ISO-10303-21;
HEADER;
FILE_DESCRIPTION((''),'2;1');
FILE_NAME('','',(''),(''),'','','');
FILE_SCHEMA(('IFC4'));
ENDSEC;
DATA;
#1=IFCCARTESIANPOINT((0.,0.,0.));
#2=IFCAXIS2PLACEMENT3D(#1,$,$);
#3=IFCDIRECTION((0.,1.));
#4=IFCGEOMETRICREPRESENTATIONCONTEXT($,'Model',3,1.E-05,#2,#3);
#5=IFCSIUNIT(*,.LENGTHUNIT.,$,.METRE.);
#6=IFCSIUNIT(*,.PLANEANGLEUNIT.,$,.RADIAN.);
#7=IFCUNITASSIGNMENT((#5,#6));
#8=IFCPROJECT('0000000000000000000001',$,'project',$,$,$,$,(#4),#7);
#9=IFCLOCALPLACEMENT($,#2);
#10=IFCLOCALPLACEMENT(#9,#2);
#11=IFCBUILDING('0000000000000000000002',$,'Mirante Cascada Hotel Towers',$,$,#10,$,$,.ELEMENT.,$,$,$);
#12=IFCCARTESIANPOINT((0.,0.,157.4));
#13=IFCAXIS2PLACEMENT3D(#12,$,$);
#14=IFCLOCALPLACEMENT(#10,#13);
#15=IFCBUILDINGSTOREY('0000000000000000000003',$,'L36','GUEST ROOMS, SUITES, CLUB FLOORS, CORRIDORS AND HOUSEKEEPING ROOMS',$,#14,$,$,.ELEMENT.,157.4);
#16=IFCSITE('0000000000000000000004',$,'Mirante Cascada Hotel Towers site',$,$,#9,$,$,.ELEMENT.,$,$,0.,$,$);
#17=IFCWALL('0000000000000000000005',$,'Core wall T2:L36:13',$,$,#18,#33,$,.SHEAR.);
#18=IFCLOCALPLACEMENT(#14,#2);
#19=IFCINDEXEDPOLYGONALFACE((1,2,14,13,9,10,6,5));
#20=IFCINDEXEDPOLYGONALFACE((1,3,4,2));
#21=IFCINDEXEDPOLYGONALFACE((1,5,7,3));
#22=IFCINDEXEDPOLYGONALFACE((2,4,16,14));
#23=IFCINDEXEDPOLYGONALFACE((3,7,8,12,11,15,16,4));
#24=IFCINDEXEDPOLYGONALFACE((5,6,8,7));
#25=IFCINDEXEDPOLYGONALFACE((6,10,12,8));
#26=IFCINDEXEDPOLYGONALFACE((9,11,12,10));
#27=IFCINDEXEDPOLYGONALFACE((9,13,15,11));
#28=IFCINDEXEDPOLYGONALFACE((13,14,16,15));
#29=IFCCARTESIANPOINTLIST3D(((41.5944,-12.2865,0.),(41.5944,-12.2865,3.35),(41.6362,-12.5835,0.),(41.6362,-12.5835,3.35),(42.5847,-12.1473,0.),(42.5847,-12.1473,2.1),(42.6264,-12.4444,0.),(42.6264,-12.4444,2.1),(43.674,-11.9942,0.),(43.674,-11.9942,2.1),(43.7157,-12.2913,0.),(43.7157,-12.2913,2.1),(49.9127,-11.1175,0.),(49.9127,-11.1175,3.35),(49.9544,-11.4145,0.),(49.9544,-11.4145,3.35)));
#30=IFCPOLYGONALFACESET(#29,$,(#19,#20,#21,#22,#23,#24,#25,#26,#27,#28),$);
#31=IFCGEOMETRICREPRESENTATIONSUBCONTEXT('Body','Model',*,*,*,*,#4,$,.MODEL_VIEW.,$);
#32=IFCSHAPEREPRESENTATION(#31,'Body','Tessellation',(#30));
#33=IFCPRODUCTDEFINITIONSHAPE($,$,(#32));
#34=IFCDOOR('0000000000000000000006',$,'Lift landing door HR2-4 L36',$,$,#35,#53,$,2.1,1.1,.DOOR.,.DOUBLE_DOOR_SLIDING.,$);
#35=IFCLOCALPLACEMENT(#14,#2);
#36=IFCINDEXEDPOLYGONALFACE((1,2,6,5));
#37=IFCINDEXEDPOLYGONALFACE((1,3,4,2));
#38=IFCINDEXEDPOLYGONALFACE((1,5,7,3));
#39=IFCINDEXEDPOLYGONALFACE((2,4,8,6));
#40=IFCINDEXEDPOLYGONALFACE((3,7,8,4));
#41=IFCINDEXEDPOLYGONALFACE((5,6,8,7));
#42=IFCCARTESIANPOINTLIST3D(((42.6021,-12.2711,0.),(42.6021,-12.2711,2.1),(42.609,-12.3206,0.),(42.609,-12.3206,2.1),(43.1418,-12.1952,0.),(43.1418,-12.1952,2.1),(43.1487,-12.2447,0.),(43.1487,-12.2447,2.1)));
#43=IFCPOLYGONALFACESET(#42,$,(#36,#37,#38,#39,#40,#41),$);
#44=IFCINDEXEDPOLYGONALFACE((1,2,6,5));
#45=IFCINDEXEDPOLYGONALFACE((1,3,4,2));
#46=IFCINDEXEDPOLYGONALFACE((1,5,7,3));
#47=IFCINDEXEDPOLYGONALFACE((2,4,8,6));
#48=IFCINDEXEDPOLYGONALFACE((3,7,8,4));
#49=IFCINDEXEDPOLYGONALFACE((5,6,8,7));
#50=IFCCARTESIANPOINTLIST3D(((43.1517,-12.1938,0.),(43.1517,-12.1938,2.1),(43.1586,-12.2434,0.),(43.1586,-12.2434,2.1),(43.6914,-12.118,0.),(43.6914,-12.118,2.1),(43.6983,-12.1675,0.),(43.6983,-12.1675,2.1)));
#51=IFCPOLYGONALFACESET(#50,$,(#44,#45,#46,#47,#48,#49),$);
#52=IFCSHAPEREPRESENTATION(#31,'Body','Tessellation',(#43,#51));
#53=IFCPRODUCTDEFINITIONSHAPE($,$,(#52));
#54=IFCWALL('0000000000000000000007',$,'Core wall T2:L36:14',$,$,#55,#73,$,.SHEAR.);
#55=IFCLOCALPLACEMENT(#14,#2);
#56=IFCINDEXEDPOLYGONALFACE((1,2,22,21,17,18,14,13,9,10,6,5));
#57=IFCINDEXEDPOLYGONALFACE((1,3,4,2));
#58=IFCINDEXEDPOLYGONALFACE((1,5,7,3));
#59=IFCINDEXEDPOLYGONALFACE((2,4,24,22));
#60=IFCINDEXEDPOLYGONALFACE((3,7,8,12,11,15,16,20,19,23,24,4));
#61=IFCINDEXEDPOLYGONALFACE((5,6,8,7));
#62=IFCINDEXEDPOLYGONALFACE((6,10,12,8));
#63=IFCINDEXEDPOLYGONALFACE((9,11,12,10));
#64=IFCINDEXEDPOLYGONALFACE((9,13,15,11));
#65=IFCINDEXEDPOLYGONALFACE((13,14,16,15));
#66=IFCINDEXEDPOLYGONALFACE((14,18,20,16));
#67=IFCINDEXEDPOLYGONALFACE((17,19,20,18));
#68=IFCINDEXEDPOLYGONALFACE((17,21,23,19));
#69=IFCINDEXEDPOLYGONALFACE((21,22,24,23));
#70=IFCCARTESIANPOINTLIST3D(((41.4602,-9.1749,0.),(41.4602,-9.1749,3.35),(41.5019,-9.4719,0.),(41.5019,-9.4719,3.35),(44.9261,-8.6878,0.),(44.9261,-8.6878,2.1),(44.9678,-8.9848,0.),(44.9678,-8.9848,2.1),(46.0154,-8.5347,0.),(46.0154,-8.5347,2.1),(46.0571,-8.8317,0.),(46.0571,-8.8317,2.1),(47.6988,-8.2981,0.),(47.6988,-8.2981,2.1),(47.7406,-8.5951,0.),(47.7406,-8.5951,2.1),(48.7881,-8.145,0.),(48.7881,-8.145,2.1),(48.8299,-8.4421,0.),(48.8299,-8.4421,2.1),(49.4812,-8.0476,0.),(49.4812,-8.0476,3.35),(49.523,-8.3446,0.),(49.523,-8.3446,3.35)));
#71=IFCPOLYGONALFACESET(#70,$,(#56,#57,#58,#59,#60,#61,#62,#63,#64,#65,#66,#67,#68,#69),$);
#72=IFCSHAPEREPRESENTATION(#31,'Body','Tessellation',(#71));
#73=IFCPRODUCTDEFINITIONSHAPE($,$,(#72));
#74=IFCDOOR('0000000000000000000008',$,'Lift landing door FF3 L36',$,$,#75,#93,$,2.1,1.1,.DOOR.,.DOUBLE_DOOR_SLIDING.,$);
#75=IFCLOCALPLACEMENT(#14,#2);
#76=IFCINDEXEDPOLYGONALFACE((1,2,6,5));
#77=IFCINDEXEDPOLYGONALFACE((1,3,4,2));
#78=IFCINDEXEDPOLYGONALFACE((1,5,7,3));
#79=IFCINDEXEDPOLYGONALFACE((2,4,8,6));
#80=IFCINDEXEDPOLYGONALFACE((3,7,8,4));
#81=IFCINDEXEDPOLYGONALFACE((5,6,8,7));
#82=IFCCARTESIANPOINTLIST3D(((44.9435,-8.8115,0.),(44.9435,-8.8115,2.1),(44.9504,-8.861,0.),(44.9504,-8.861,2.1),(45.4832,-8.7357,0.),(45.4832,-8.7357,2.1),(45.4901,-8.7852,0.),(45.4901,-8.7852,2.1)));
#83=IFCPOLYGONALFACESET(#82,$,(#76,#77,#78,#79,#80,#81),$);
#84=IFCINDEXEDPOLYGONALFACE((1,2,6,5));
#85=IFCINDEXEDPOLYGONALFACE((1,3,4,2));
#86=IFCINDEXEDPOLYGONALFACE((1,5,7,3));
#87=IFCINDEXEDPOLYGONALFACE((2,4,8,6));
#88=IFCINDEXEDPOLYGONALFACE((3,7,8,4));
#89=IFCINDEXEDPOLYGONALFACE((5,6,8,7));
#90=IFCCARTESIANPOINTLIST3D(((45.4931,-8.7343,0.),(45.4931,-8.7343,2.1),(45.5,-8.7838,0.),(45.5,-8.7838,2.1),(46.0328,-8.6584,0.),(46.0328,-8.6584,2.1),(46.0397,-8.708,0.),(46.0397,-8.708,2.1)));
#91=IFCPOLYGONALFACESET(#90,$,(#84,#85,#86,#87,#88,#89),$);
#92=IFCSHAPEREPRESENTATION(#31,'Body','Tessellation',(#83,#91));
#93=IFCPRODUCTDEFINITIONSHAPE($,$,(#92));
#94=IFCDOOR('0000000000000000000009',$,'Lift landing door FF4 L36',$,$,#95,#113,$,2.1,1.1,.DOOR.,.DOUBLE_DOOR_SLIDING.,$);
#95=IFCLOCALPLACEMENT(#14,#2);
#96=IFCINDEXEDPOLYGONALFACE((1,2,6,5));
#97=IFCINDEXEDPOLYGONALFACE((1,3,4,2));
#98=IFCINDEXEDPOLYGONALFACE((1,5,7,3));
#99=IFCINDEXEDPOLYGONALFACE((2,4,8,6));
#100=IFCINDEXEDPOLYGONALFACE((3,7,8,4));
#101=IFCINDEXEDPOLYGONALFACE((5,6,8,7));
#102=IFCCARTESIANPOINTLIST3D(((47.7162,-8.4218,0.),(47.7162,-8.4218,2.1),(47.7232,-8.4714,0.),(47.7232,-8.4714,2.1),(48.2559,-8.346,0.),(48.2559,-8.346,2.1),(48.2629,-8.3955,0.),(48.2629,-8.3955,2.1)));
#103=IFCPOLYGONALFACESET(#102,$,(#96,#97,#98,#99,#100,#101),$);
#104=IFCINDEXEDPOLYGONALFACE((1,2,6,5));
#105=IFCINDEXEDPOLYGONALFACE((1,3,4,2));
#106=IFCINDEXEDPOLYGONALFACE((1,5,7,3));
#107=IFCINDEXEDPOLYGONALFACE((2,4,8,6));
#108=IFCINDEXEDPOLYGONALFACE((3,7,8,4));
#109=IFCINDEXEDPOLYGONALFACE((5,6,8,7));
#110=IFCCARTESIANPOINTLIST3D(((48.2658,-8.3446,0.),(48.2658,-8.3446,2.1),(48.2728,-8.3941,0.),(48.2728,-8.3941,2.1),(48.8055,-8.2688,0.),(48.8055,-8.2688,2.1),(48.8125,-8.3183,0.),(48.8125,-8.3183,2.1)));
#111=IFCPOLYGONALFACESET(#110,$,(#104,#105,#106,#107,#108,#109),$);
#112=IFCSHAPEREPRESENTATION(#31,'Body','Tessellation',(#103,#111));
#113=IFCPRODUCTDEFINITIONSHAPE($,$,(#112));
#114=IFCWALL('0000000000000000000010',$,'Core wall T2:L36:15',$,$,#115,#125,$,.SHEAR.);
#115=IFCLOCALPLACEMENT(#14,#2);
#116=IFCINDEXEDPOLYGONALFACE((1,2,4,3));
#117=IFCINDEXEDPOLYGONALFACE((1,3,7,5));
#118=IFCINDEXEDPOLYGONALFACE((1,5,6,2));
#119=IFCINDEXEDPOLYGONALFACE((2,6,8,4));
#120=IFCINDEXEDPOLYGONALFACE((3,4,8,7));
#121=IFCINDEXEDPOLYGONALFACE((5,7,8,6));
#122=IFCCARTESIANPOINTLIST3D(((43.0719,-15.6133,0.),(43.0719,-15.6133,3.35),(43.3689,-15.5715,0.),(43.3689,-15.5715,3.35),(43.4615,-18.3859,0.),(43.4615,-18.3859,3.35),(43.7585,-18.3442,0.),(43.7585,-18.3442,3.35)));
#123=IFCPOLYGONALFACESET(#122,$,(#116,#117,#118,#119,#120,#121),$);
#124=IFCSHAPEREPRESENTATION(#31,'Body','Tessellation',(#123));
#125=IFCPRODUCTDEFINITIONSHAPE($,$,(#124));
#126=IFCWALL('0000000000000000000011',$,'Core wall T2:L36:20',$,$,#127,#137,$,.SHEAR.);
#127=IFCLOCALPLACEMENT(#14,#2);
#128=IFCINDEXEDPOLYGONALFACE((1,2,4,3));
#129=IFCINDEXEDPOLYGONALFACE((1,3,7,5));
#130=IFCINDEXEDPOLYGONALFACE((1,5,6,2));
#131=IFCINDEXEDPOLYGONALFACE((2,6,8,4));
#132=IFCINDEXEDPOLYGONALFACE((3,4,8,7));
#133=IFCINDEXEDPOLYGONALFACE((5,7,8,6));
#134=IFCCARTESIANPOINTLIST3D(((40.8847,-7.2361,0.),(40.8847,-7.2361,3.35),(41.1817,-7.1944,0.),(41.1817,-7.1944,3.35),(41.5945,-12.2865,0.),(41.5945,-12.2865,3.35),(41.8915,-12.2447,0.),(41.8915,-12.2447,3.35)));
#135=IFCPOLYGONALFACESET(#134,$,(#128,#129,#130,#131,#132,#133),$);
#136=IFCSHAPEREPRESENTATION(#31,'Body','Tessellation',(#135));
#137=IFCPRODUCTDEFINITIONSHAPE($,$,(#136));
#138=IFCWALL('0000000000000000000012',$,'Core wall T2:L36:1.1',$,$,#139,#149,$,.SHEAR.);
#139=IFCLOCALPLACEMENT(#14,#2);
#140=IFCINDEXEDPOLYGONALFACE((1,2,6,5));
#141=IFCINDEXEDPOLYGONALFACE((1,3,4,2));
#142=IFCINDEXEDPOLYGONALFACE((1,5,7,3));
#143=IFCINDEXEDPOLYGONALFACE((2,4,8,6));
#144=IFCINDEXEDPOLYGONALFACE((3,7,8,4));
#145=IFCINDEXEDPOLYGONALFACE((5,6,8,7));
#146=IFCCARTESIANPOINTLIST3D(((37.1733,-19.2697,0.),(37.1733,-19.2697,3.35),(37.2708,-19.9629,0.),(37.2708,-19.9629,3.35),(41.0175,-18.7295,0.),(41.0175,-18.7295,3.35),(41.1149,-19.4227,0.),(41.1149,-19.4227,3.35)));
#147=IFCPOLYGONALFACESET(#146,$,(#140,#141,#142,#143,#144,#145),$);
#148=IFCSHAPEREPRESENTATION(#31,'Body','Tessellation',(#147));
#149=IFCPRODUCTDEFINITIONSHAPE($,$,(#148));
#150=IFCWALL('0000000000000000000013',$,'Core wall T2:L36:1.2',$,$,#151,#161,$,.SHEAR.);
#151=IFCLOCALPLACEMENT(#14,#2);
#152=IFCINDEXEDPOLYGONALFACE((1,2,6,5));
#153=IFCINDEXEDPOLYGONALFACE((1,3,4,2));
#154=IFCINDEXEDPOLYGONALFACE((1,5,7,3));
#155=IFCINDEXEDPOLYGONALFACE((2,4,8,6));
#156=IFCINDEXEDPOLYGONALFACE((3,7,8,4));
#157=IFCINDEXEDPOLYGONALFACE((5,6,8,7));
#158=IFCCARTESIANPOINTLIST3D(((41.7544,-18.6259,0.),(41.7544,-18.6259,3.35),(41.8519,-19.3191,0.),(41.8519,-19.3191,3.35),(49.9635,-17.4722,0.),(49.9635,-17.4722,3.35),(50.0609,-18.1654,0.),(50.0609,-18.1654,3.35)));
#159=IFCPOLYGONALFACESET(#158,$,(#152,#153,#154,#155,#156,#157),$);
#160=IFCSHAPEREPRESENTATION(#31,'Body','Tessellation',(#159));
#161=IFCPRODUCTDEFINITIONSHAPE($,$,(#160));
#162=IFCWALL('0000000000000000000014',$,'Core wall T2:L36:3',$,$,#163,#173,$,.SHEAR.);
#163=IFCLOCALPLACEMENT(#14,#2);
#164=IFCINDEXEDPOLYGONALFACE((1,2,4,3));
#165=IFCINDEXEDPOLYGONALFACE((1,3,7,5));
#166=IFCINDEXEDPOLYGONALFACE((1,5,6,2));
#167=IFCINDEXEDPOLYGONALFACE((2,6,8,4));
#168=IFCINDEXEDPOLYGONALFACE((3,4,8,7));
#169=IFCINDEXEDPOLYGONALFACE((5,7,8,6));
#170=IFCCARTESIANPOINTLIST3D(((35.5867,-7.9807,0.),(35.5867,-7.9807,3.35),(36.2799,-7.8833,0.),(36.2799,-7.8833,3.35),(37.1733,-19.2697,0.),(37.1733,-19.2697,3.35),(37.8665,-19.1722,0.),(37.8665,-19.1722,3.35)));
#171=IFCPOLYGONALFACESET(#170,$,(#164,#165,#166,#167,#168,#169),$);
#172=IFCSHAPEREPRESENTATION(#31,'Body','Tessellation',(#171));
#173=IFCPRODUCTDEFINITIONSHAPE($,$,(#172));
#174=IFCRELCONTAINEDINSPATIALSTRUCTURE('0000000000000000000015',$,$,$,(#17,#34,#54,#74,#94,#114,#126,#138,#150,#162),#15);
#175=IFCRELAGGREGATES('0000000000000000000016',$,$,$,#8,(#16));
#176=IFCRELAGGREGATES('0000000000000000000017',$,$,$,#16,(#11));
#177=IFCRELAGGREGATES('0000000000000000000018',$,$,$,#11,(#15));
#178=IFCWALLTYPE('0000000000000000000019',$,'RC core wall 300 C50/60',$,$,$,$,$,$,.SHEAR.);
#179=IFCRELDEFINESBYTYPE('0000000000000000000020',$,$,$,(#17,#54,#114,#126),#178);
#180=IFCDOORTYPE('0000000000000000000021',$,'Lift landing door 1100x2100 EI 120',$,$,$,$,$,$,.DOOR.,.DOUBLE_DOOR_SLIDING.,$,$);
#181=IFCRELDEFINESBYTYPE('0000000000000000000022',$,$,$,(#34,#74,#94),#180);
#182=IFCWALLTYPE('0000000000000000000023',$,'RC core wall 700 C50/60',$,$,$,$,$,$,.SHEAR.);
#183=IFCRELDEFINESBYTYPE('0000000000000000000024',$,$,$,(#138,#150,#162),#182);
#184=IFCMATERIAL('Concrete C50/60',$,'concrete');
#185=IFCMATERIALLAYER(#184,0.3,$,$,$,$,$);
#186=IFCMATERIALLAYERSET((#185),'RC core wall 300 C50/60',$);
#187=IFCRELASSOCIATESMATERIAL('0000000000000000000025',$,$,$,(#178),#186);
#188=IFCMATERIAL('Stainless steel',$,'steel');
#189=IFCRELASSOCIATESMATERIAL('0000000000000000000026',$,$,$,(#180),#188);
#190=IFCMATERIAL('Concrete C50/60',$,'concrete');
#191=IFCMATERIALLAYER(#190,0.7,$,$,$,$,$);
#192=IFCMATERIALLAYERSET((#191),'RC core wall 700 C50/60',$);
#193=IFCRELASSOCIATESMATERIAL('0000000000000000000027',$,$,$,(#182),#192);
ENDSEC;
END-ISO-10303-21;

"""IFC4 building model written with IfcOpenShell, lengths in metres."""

from ifc_helpers import new_model, si_unit, direction, frame, frame_2d, origin, place, context, subcontext, project, spatial, rectangle, extrude, material, layer, layer_set, type_object, element, fill, save


model = new_model("IFC4")

# Units and contexts
model_context = context("Model", 3, precision=1e-05, world=origin(), true_north=direction((0.0, 1.0)))
body_context = subcontext(model_context, "Body", "Model", "MODEL_VIEW")
ifc_project = project(units=[si_unit("LENGTHUNIT", "METRE"), si_unit("PLANEANGLEUNIT", "RADIAN")], contexts=[model_context])

# Site, building, storey
site_placement = place(None, origin())
site = spatial("IfcSite", under=ifc_project, at=site_placement, Name="Mirante Cascada Hotel Towers site", CompositionType="ELEMENT", RefElevation=0.0)
building_placement = place(site_placement, origin())
building = spatial("IfcBuilding", under=site, at=building_placement, Name="Mirante Cascada Hotel Towers", CompositionType="ELEMENT")
storey_placement = place(building_placement, frame((0.0, 0.0, 157.4)))
storey = spatial("IfcBuildingStorey", under=building, at=storey_placement, Name="L36", Description="GUEST ROOMS, SUITES, CLUB FLOORS, CORRIDORS AND HOUSEKEEPING ROOMS", CompositionType="ELEMENT", Elevation=157.4)

# Shared definitions
ifc_material_1 = material(Name="Concrete C50/60", Category="concrete")
ifc_layer_1 = layer(ifc_material_1, 0.3)
ifc_layer_set_1 = layer_set([ifc_layer_1], Name="RC core wall 300 C50/60")
wall_type_1 = type_object("IfcWallType", Name="RC core wall 300 C50/60", PredefinedType="SHEAR", material=ifc_layer_set_1)

# Shared definitions
ifc_material_2 = material(Name="Stainless steel", Category="steel")
door_type_1 = type_object("IfcDoorType", Name="Lift landing door 1100x2100 EI 120", OperationType="DOUBLE_DOOR_SLIDING", PredefinedType="DOOR", material=ifc_material_2)

# Wall, opening, door
wall_1_placement = place(storey_placement, frame((41.6153, -12.435, 0.0), z_axis=(0.0, 0.0, 1.0), x_axis=(0.990269, 0.139166, 0.0)))
wall_1 = element("IfcWall", 1, at=wall_1_placement, inside=storey, type_object=wall_type_1, Name="Core wall T2:L36:13", PredefinedType="SHEAR", context=body_context, shape_type="SweptSolid", body=[
    extrude(rectangle(XDim=8.4, YDim=0.3, at=frame_2d((4.2, 0.0))), origin(), (0.0, 0.0, 1.0), 3.35),
])
opening_1_placement = place(wall_1_placement, frame((1.0, 0.0, 0.0)))
opening_1 = element("IfcOpeningElement", 2, at=opening_1_placement, cuts=wall_1, PredefinedType="OPENING", context=body_context, shape_type="SweptSolid", body=[
    extrude(rectangle(XDim=1.1, YDim=2.1, at=frame_2d((0.55, 1.05))), frame((0.0, 0.15, 0.0), z_axis=(0.0, -1.0, 0.0), x_axis=(1.0, 0.0, 0.0)), (0.0, 0.0, 1.0), 0.3),
])
door_1_placement = place(opening_1_placement, origin())
door_1 = element("IfcDoor", 3, at=door_1_placement, inside=storey, type_object=door_type_1, Name="Lift landing door HR2-4 L36", OperationType="DOUBLE_DOOR_SLIDING", OverallHeight=2.1, OverallWidth=1.1, PredefinedType="DOOR", context=body_context, shape_type="SweptSolid", body=[
    extrude(rectangle(XDim=0.545, YDim=2.1, at=frame_2d((0.2725, 1.05))), frame((0.0, 0.025, 0.0), z_axis=(0.0, -1.0, 0.0), x_axis=(1.0, 0.0, 0.0)), (0.0, 0.0, 1.0), 0.05),
    extrude(rectangle(XDim=0.545, YDim=2.1, at=frame_2d((0.8275, 1.05))), frame((0.0, 0.025, 0.0), z_axis=(0.0, -1.0, 0.0), x_axis=(1.0, 0.0, 0.0)), (0.0, 0.0, 1.0), 0.05),
])
fill(opening_1, door_1)

# Wall, openings, doors
wall_2_placement = place(storey_placement, frame((41.481, -9.3234, 0.0), z_axis=(0.0, 0.0, 1.0), x_axis=(0.990268, 0.139174, 0.0)))
wall_2 = element("IfcWall", 4, at=wall_2_placement, inside=storey, type_object=wall_type_1, Name="Core wall T2:L36:14", PredefinedType="SHEAR", context=body_context, shape_type="SweptSolid", body=[
    extrude(rectangle(XDim=8.0999, YDim=0.3, at=frame_2d((4.05, 0.0))), origin(), (0.0, 0.0, 1.0), 3.35),
])
opening_2_placement = place(wall_2_placement, frame((3.5, 0.0, 0.0)))
opening_2 = element("IfcOpeningElement", 5, at=opening_2_placement, cuts=wall_2, PredefinedType="OPENING", context=body_context, shape_type="SweptSolid", body=[
    extrude(rectangle(XDim=1.1, YDim=2.1, at=frame_2d((0.55, 1.05))), frame((0.0, 0.15, 0.0), z_axis=(0.0, -1.0, 0.0), x_axis=(1.0, 0.0, 0.0)), (0.0, 0.0, 1.0), 0.3),
])
opening_3_placement = place(wall_2_placement, frame((6.3, 0.0, 0.0)))
opening_3 = element("IfcOpeningElement", 6, at=opening_3_placement, cuts=wall_2, PredefinedType="OPENING", context=body_context, shape_type="SweptSolid", body=[
    extrude(rectangle(XDim=1.1, YDim=2.1, at=frame_2d((0.55, 1.05))), frame((0.0, 0.15, 0.0), z_axis=(0.0, -1.0, 0.0), x_axis=(1.0, 0.0, 0.0)), (0.0, 0.0, 1.0), 0.3),
])
door_2_placement = place(opening_2_placement, origin())
door_2 = element("IfcDoor", 7, at=door_2_placement, inside=storey, type_object=door_type_1, Name="Lift landing door FF3 L36", OperationType="DOUBLE_DOOR_SLIDING", OverallHeight=2.1, OverallWidth=1.1, PredefinedType="DOOR", context=body_context, shape_type="SweptSolid", body=[
    extrude(rectangle(XDim=0.545, YDim=2.1, at=frame_2d((0.2725, 1.05))), frame((0.0, 0.025, 0.0), z_axis=(0.0, -1.0, 0.0), x_axis=(1.0, 0.0, 0.0)), (0.0, 0.0, 1.0), 0.05),
    extrude(rectangle(XDim=0.545, YDim=2.1, at=frame_2d((0.8275, 1.05))), frame((0.0, 0.025, 0.0), z_axis=(0.0, -1.0, 0.0), x_axis=(1.0, 0.0, 0.0)), (0.0, 0.0, 1.0), 0.05),
])
fill(opening_2, door_2)
door_3_placement = place(opening_3_placement, origin())
door_3 = element("IfcDoor", 8, at=door_3_placement, inside=storey, type_object=door_type_1, Name="Lift landing door FF4 L36", OperationType="DOUBLE_DOOR_SLIDING", OverallHeight=2.1, OverallWidth=1.1, PredefinedType="DOOR", context=body_context, shape_type="SweptSolid", body=[
    extrude(rectangle(XDim=0.545, YDim=2.1, at=frame_2d((0.2725, 1.05))), frame((0.0, 0.025, 0.0), z_axis=(0.0, -1.0, 0.0), x_axis=(1.0, 0.0, 0.0)), (0.0, 0.0, 1.0), 0.05),
    extrude(rectangle(XDim=0.545, YDim=2.1, at=frame_2d((0.8275, 1.05))), frame((0.0, 0.025, 0.0), z_axis=(0.0, -1.0, 0.0), x_axis=(1.0, 0.0, 0.0)), (0.0, 0.0, 1.0), 0.05),
])
fill(opening_3, door_3)

# Walls
wall_3_placement = place(storey_placement, frame((43.61, -18.3651, 0.0), z_axis=(0.0, 0.0, 1.0), x_axis=(-0.139146, 0.990272, 0.0)))
element("IfcWall", 9, at=wall_3_placement, inside=storey, type_object=wall_type_1, Name="Core wall T2:L36:15", PredefinedType="SHEAR", context=body_context, shape_type="SweptSolid", body=[
    extrude(rectangle(XDim=2.7999, YDim=0.3, at=frame_2d((1.4, 0.0))), origin(), (0.0, 0.0, 1.0), 3.35),
])
wall_4_placement = place(storey_placement, frame((41.743, -12.2656, 0.0), z_axis=(0.0, 0.0, 1.0), x_axis=(-0.139176, 0.990268, 0.0)))
element("IfcWall", 10, at=wall_4_placement, inside=storey, type_object=wall_type_1, Name="Core wall T2:L36:20", PredefinedType="SHEAR", context=body_context, shape_type="SweptSolid", body=[
    extrude(rectangle(XDim=5.1, YDim=0.3, at=frame_2d((2.55, 0.0))), origin(), (0.0, 0.0, 1.0), 3.35),
])
ifc_material_3 = material(Name="Concrete C50/60", Category="concrete")
ifc_layer_2 = layer(ifc_material_3, 0.7)
ifc_layer_set_2 = layer_set([ifc_layer_2], Name="RC core wall 700 C50/60")
wall_type_2 = type_object("IfcWallType", Name="RC core wall 700 C50/60", PredefinedType="SHEAR", material=ifc_layer_set_2)
wall_5_placement = place(storey_placement, frame((37.222, -19.6163, 0.0), z_axis=(0.0, 0.0, 1.0), x_axis=(0.99027, 0.13916, 0.0)))
element("IfcWall", 11, at=wall_5_placement, inside=storey, type_object=wall_type_2, Name="Core wall T2:L36:1.1", PredefinedType="SHEAR", context=body_context, shape_type="SweptSolid", body=[
    extrude(rectangle(XDim=3.8819, YDim=0.7, at=frame_2d((1.941, 0.0))), origin(), (0.0, 0.0, 1.0), 3.35),
])
wall_6_placement = place(storey_placement, frame((41.8032, -18.9725, 0.0), z_axis=(0.0, 0.0, 1.0), x_axis=(0.990268, 0.139173, 0.0)))
element("IfcWall", 12, at=wall_6_placement, inside=storey, type_object=wall_type_2, Name="Core wall T2:L36:1.2", PredefinedType="SHEAR", context=body_context, shape_type="SweptSolid", body=[
    extrude(rectangle(XDim=8.2897, YDim=0.7, at=frame_2d((4.1448, 0.0))), origin(), (0.0, 0.0, 1.0), 3.35),
])
wall_7_placement = place(storey_placement, frame((37.5199, -19.221, 0.0), z_axis=(0.0, 0.0, 1.0), x_axis=(-0.139176, 0.990268, 0.0)))
element("IfcWall", 13, at=wall_7_placement, inside=storey, type_object=wall_type_2, Name="Core wall T2:L36:3", PredefinedType="SHEAR", context=body_context, shape_type="SweptSolid", body=[
    extrude(rectangle(XDim=11.3999, YDim=0.7, at=frame_2d((5.7, 0.0))), origin(), (0.0, 0.0, 1.0), 3.35),
])

save(model, "model.ifc")
